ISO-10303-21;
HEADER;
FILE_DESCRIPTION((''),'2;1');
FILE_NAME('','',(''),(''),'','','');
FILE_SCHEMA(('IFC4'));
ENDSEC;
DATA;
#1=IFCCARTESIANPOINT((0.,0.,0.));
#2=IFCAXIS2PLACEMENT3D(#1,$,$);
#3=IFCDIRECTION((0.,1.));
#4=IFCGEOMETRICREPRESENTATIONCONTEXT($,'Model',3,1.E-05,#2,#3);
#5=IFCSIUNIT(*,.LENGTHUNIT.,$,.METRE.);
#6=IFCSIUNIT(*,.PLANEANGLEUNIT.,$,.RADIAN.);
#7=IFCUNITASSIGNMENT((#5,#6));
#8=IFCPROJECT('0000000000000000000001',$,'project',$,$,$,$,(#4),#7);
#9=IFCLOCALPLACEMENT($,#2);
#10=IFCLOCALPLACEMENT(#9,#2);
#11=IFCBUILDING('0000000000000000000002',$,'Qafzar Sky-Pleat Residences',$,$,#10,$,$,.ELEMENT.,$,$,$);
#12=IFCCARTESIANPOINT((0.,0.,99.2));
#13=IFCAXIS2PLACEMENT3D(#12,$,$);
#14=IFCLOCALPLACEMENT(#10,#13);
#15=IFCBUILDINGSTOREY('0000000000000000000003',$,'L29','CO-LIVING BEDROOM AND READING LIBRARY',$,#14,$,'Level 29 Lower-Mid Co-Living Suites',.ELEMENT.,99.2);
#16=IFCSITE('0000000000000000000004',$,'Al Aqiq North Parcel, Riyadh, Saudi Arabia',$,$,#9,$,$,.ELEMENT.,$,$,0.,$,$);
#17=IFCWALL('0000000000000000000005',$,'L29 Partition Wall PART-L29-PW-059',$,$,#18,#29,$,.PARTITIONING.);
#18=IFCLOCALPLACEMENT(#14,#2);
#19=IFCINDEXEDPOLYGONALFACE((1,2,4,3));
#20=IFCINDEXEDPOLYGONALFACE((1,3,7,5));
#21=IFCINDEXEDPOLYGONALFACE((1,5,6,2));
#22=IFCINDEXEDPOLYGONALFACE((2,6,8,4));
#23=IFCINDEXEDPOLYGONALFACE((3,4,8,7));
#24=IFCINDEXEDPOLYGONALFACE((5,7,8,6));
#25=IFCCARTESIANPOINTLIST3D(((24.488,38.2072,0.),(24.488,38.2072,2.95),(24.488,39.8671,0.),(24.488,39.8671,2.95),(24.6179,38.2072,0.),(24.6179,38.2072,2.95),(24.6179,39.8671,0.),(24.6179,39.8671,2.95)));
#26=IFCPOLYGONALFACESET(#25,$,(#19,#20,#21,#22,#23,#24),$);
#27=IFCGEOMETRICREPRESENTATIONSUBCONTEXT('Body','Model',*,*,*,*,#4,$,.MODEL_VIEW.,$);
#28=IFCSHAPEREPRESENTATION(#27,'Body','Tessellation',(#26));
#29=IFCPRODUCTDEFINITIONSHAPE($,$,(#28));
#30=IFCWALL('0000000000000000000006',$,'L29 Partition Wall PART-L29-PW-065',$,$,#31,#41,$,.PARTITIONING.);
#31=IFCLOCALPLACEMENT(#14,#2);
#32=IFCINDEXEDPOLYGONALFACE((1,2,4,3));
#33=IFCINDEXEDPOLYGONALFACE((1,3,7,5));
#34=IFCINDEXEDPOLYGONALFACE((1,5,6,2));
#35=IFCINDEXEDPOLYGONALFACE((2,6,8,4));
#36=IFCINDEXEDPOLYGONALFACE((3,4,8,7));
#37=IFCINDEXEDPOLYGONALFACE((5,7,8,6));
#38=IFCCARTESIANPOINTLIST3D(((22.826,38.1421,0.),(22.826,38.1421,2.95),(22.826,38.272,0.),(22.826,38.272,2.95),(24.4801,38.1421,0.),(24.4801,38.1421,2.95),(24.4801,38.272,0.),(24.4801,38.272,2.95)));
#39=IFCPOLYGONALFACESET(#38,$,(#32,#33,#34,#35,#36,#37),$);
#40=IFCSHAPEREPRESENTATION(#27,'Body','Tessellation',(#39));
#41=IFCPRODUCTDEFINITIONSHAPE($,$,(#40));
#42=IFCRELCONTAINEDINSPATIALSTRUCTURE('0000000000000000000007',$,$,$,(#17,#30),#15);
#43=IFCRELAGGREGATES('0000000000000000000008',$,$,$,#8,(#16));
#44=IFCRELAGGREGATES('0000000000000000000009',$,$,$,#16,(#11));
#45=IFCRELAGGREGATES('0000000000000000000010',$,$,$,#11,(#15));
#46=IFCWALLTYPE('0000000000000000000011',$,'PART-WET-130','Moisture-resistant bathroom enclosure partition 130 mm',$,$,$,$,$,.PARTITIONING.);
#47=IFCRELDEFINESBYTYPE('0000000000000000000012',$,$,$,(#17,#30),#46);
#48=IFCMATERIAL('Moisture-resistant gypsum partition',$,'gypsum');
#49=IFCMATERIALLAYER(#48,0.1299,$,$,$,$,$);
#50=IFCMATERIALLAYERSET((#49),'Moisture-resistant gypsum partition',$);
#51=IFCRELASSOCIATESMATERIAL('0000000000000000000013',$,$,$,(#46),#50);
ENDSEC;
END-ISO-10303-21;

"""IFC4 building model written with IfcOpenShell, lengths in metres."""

from ifc_helpers import new_model, si_unit, direction, frame, frame_2d, origin, place, context, subcontext, project, spatial, rectangle, extrude, material, layer, layer_set, type_object, element, save


model = new_model("IFC4")

# Units and contexts
model_context = context("Model", 3, precision=1e-05, world=origin(), true_north=direction((0.0, 1.0)))
body_context = subcontext(model_context, "Body", "Model", "MODEL_VIEW")
ifc_project = project(units=[si_unit("LENGTHUNIT", "METRE"), si_unit("PLANEANGLEUNIT", "RADIAN")], contexts=[model_context])

# Site, building, storey
site_placement = place(None, origin())
site = spatial("IfcSite", under=ifc_project, at=site_placement, Name="Al Aqiq North Parcel, Riyadh, Saudi Arabia", CompositionType="ELEMENT", RefElevation=0.0)
building_placement = place(site_placement, origin())
building = spatial("IfcBuilding", under=site, at=building_placement, Name="Qafzar Sky-Pleat Residences", CompositionType="ELEMENT")
storey_placement = place(building_placement, frame((0.0, 0.0, 99.2)))
storey = spatial("IfcBuildingStorey", under=building, at=storey_placement, Name="L29", Description="CO-LIVING BEDROOM AND READING LIBRARY", LongName="Level 29 Lower-Mid Co-Living Suites", CompositionType="ELEMENT", Elevation=99.2)

# Walls
ifc_material_1 = material(Name="Moisture-resistant gypsum partition", Category="gypsum")
ifc_layer_1 = layer(ifc_material_1, 0.1299)
ifc_layer_set_1 = layer_set([ifc_layer_1], Name="Moisture-resistant gypsum partition")
wall_type_1 = type_object("IfcWallType", Name="PART-WET-130", Description="Moisture-resistant bathroom enclosure partition 130 mm", PredefinedType="PARTITIONING", material=ifc_layer_set_1)
wall_1_placement = place(storey_placement, frame((24.553, 38.207, 0.0), z_axis=(0.0, 0.0, 1.0), x_axis=(0.0, 1.0, 0.0)))
element("IfcWall", 1, at=wall_1_placement, inside=storey, type_object=wall_type_1, Name="L29 Partition Wall PART-L29-PW-059", PredefinedType="PARTITIONING", context=body_context, shape_type="SweptSolid", body=[
    extrude(rectangle(XDim=1.6599, YDim=0.1299, at=frame_2d((0.8301, 0.0))), origin(), (0.0, 0.0, 1.0), 2.95),
])
wall_2_placement = place(storey_placement, frame((22.8259, 38.207, 0.0), z_axis=(0.0, 0.0, 1.0), x_axis=(1.0, 0.0, 0.0)))
element("IfcWall", 2, at=wall_2_placement, inside=storey, type_object=wall_type_1, Name="L29 Partition Wall PART-L29-PW-065", PredefinedType="PARTITIONING", context=body_context, shape_type="SweptSolid", body=[
    extrude(rectangle(XDim=1.6541, YDim=0.1299, at=frame_2d((0.8271, 0.0))), origin(), (0.0, 0.0, 1.0), 2.95),
])

save(model, "model.ifc")
